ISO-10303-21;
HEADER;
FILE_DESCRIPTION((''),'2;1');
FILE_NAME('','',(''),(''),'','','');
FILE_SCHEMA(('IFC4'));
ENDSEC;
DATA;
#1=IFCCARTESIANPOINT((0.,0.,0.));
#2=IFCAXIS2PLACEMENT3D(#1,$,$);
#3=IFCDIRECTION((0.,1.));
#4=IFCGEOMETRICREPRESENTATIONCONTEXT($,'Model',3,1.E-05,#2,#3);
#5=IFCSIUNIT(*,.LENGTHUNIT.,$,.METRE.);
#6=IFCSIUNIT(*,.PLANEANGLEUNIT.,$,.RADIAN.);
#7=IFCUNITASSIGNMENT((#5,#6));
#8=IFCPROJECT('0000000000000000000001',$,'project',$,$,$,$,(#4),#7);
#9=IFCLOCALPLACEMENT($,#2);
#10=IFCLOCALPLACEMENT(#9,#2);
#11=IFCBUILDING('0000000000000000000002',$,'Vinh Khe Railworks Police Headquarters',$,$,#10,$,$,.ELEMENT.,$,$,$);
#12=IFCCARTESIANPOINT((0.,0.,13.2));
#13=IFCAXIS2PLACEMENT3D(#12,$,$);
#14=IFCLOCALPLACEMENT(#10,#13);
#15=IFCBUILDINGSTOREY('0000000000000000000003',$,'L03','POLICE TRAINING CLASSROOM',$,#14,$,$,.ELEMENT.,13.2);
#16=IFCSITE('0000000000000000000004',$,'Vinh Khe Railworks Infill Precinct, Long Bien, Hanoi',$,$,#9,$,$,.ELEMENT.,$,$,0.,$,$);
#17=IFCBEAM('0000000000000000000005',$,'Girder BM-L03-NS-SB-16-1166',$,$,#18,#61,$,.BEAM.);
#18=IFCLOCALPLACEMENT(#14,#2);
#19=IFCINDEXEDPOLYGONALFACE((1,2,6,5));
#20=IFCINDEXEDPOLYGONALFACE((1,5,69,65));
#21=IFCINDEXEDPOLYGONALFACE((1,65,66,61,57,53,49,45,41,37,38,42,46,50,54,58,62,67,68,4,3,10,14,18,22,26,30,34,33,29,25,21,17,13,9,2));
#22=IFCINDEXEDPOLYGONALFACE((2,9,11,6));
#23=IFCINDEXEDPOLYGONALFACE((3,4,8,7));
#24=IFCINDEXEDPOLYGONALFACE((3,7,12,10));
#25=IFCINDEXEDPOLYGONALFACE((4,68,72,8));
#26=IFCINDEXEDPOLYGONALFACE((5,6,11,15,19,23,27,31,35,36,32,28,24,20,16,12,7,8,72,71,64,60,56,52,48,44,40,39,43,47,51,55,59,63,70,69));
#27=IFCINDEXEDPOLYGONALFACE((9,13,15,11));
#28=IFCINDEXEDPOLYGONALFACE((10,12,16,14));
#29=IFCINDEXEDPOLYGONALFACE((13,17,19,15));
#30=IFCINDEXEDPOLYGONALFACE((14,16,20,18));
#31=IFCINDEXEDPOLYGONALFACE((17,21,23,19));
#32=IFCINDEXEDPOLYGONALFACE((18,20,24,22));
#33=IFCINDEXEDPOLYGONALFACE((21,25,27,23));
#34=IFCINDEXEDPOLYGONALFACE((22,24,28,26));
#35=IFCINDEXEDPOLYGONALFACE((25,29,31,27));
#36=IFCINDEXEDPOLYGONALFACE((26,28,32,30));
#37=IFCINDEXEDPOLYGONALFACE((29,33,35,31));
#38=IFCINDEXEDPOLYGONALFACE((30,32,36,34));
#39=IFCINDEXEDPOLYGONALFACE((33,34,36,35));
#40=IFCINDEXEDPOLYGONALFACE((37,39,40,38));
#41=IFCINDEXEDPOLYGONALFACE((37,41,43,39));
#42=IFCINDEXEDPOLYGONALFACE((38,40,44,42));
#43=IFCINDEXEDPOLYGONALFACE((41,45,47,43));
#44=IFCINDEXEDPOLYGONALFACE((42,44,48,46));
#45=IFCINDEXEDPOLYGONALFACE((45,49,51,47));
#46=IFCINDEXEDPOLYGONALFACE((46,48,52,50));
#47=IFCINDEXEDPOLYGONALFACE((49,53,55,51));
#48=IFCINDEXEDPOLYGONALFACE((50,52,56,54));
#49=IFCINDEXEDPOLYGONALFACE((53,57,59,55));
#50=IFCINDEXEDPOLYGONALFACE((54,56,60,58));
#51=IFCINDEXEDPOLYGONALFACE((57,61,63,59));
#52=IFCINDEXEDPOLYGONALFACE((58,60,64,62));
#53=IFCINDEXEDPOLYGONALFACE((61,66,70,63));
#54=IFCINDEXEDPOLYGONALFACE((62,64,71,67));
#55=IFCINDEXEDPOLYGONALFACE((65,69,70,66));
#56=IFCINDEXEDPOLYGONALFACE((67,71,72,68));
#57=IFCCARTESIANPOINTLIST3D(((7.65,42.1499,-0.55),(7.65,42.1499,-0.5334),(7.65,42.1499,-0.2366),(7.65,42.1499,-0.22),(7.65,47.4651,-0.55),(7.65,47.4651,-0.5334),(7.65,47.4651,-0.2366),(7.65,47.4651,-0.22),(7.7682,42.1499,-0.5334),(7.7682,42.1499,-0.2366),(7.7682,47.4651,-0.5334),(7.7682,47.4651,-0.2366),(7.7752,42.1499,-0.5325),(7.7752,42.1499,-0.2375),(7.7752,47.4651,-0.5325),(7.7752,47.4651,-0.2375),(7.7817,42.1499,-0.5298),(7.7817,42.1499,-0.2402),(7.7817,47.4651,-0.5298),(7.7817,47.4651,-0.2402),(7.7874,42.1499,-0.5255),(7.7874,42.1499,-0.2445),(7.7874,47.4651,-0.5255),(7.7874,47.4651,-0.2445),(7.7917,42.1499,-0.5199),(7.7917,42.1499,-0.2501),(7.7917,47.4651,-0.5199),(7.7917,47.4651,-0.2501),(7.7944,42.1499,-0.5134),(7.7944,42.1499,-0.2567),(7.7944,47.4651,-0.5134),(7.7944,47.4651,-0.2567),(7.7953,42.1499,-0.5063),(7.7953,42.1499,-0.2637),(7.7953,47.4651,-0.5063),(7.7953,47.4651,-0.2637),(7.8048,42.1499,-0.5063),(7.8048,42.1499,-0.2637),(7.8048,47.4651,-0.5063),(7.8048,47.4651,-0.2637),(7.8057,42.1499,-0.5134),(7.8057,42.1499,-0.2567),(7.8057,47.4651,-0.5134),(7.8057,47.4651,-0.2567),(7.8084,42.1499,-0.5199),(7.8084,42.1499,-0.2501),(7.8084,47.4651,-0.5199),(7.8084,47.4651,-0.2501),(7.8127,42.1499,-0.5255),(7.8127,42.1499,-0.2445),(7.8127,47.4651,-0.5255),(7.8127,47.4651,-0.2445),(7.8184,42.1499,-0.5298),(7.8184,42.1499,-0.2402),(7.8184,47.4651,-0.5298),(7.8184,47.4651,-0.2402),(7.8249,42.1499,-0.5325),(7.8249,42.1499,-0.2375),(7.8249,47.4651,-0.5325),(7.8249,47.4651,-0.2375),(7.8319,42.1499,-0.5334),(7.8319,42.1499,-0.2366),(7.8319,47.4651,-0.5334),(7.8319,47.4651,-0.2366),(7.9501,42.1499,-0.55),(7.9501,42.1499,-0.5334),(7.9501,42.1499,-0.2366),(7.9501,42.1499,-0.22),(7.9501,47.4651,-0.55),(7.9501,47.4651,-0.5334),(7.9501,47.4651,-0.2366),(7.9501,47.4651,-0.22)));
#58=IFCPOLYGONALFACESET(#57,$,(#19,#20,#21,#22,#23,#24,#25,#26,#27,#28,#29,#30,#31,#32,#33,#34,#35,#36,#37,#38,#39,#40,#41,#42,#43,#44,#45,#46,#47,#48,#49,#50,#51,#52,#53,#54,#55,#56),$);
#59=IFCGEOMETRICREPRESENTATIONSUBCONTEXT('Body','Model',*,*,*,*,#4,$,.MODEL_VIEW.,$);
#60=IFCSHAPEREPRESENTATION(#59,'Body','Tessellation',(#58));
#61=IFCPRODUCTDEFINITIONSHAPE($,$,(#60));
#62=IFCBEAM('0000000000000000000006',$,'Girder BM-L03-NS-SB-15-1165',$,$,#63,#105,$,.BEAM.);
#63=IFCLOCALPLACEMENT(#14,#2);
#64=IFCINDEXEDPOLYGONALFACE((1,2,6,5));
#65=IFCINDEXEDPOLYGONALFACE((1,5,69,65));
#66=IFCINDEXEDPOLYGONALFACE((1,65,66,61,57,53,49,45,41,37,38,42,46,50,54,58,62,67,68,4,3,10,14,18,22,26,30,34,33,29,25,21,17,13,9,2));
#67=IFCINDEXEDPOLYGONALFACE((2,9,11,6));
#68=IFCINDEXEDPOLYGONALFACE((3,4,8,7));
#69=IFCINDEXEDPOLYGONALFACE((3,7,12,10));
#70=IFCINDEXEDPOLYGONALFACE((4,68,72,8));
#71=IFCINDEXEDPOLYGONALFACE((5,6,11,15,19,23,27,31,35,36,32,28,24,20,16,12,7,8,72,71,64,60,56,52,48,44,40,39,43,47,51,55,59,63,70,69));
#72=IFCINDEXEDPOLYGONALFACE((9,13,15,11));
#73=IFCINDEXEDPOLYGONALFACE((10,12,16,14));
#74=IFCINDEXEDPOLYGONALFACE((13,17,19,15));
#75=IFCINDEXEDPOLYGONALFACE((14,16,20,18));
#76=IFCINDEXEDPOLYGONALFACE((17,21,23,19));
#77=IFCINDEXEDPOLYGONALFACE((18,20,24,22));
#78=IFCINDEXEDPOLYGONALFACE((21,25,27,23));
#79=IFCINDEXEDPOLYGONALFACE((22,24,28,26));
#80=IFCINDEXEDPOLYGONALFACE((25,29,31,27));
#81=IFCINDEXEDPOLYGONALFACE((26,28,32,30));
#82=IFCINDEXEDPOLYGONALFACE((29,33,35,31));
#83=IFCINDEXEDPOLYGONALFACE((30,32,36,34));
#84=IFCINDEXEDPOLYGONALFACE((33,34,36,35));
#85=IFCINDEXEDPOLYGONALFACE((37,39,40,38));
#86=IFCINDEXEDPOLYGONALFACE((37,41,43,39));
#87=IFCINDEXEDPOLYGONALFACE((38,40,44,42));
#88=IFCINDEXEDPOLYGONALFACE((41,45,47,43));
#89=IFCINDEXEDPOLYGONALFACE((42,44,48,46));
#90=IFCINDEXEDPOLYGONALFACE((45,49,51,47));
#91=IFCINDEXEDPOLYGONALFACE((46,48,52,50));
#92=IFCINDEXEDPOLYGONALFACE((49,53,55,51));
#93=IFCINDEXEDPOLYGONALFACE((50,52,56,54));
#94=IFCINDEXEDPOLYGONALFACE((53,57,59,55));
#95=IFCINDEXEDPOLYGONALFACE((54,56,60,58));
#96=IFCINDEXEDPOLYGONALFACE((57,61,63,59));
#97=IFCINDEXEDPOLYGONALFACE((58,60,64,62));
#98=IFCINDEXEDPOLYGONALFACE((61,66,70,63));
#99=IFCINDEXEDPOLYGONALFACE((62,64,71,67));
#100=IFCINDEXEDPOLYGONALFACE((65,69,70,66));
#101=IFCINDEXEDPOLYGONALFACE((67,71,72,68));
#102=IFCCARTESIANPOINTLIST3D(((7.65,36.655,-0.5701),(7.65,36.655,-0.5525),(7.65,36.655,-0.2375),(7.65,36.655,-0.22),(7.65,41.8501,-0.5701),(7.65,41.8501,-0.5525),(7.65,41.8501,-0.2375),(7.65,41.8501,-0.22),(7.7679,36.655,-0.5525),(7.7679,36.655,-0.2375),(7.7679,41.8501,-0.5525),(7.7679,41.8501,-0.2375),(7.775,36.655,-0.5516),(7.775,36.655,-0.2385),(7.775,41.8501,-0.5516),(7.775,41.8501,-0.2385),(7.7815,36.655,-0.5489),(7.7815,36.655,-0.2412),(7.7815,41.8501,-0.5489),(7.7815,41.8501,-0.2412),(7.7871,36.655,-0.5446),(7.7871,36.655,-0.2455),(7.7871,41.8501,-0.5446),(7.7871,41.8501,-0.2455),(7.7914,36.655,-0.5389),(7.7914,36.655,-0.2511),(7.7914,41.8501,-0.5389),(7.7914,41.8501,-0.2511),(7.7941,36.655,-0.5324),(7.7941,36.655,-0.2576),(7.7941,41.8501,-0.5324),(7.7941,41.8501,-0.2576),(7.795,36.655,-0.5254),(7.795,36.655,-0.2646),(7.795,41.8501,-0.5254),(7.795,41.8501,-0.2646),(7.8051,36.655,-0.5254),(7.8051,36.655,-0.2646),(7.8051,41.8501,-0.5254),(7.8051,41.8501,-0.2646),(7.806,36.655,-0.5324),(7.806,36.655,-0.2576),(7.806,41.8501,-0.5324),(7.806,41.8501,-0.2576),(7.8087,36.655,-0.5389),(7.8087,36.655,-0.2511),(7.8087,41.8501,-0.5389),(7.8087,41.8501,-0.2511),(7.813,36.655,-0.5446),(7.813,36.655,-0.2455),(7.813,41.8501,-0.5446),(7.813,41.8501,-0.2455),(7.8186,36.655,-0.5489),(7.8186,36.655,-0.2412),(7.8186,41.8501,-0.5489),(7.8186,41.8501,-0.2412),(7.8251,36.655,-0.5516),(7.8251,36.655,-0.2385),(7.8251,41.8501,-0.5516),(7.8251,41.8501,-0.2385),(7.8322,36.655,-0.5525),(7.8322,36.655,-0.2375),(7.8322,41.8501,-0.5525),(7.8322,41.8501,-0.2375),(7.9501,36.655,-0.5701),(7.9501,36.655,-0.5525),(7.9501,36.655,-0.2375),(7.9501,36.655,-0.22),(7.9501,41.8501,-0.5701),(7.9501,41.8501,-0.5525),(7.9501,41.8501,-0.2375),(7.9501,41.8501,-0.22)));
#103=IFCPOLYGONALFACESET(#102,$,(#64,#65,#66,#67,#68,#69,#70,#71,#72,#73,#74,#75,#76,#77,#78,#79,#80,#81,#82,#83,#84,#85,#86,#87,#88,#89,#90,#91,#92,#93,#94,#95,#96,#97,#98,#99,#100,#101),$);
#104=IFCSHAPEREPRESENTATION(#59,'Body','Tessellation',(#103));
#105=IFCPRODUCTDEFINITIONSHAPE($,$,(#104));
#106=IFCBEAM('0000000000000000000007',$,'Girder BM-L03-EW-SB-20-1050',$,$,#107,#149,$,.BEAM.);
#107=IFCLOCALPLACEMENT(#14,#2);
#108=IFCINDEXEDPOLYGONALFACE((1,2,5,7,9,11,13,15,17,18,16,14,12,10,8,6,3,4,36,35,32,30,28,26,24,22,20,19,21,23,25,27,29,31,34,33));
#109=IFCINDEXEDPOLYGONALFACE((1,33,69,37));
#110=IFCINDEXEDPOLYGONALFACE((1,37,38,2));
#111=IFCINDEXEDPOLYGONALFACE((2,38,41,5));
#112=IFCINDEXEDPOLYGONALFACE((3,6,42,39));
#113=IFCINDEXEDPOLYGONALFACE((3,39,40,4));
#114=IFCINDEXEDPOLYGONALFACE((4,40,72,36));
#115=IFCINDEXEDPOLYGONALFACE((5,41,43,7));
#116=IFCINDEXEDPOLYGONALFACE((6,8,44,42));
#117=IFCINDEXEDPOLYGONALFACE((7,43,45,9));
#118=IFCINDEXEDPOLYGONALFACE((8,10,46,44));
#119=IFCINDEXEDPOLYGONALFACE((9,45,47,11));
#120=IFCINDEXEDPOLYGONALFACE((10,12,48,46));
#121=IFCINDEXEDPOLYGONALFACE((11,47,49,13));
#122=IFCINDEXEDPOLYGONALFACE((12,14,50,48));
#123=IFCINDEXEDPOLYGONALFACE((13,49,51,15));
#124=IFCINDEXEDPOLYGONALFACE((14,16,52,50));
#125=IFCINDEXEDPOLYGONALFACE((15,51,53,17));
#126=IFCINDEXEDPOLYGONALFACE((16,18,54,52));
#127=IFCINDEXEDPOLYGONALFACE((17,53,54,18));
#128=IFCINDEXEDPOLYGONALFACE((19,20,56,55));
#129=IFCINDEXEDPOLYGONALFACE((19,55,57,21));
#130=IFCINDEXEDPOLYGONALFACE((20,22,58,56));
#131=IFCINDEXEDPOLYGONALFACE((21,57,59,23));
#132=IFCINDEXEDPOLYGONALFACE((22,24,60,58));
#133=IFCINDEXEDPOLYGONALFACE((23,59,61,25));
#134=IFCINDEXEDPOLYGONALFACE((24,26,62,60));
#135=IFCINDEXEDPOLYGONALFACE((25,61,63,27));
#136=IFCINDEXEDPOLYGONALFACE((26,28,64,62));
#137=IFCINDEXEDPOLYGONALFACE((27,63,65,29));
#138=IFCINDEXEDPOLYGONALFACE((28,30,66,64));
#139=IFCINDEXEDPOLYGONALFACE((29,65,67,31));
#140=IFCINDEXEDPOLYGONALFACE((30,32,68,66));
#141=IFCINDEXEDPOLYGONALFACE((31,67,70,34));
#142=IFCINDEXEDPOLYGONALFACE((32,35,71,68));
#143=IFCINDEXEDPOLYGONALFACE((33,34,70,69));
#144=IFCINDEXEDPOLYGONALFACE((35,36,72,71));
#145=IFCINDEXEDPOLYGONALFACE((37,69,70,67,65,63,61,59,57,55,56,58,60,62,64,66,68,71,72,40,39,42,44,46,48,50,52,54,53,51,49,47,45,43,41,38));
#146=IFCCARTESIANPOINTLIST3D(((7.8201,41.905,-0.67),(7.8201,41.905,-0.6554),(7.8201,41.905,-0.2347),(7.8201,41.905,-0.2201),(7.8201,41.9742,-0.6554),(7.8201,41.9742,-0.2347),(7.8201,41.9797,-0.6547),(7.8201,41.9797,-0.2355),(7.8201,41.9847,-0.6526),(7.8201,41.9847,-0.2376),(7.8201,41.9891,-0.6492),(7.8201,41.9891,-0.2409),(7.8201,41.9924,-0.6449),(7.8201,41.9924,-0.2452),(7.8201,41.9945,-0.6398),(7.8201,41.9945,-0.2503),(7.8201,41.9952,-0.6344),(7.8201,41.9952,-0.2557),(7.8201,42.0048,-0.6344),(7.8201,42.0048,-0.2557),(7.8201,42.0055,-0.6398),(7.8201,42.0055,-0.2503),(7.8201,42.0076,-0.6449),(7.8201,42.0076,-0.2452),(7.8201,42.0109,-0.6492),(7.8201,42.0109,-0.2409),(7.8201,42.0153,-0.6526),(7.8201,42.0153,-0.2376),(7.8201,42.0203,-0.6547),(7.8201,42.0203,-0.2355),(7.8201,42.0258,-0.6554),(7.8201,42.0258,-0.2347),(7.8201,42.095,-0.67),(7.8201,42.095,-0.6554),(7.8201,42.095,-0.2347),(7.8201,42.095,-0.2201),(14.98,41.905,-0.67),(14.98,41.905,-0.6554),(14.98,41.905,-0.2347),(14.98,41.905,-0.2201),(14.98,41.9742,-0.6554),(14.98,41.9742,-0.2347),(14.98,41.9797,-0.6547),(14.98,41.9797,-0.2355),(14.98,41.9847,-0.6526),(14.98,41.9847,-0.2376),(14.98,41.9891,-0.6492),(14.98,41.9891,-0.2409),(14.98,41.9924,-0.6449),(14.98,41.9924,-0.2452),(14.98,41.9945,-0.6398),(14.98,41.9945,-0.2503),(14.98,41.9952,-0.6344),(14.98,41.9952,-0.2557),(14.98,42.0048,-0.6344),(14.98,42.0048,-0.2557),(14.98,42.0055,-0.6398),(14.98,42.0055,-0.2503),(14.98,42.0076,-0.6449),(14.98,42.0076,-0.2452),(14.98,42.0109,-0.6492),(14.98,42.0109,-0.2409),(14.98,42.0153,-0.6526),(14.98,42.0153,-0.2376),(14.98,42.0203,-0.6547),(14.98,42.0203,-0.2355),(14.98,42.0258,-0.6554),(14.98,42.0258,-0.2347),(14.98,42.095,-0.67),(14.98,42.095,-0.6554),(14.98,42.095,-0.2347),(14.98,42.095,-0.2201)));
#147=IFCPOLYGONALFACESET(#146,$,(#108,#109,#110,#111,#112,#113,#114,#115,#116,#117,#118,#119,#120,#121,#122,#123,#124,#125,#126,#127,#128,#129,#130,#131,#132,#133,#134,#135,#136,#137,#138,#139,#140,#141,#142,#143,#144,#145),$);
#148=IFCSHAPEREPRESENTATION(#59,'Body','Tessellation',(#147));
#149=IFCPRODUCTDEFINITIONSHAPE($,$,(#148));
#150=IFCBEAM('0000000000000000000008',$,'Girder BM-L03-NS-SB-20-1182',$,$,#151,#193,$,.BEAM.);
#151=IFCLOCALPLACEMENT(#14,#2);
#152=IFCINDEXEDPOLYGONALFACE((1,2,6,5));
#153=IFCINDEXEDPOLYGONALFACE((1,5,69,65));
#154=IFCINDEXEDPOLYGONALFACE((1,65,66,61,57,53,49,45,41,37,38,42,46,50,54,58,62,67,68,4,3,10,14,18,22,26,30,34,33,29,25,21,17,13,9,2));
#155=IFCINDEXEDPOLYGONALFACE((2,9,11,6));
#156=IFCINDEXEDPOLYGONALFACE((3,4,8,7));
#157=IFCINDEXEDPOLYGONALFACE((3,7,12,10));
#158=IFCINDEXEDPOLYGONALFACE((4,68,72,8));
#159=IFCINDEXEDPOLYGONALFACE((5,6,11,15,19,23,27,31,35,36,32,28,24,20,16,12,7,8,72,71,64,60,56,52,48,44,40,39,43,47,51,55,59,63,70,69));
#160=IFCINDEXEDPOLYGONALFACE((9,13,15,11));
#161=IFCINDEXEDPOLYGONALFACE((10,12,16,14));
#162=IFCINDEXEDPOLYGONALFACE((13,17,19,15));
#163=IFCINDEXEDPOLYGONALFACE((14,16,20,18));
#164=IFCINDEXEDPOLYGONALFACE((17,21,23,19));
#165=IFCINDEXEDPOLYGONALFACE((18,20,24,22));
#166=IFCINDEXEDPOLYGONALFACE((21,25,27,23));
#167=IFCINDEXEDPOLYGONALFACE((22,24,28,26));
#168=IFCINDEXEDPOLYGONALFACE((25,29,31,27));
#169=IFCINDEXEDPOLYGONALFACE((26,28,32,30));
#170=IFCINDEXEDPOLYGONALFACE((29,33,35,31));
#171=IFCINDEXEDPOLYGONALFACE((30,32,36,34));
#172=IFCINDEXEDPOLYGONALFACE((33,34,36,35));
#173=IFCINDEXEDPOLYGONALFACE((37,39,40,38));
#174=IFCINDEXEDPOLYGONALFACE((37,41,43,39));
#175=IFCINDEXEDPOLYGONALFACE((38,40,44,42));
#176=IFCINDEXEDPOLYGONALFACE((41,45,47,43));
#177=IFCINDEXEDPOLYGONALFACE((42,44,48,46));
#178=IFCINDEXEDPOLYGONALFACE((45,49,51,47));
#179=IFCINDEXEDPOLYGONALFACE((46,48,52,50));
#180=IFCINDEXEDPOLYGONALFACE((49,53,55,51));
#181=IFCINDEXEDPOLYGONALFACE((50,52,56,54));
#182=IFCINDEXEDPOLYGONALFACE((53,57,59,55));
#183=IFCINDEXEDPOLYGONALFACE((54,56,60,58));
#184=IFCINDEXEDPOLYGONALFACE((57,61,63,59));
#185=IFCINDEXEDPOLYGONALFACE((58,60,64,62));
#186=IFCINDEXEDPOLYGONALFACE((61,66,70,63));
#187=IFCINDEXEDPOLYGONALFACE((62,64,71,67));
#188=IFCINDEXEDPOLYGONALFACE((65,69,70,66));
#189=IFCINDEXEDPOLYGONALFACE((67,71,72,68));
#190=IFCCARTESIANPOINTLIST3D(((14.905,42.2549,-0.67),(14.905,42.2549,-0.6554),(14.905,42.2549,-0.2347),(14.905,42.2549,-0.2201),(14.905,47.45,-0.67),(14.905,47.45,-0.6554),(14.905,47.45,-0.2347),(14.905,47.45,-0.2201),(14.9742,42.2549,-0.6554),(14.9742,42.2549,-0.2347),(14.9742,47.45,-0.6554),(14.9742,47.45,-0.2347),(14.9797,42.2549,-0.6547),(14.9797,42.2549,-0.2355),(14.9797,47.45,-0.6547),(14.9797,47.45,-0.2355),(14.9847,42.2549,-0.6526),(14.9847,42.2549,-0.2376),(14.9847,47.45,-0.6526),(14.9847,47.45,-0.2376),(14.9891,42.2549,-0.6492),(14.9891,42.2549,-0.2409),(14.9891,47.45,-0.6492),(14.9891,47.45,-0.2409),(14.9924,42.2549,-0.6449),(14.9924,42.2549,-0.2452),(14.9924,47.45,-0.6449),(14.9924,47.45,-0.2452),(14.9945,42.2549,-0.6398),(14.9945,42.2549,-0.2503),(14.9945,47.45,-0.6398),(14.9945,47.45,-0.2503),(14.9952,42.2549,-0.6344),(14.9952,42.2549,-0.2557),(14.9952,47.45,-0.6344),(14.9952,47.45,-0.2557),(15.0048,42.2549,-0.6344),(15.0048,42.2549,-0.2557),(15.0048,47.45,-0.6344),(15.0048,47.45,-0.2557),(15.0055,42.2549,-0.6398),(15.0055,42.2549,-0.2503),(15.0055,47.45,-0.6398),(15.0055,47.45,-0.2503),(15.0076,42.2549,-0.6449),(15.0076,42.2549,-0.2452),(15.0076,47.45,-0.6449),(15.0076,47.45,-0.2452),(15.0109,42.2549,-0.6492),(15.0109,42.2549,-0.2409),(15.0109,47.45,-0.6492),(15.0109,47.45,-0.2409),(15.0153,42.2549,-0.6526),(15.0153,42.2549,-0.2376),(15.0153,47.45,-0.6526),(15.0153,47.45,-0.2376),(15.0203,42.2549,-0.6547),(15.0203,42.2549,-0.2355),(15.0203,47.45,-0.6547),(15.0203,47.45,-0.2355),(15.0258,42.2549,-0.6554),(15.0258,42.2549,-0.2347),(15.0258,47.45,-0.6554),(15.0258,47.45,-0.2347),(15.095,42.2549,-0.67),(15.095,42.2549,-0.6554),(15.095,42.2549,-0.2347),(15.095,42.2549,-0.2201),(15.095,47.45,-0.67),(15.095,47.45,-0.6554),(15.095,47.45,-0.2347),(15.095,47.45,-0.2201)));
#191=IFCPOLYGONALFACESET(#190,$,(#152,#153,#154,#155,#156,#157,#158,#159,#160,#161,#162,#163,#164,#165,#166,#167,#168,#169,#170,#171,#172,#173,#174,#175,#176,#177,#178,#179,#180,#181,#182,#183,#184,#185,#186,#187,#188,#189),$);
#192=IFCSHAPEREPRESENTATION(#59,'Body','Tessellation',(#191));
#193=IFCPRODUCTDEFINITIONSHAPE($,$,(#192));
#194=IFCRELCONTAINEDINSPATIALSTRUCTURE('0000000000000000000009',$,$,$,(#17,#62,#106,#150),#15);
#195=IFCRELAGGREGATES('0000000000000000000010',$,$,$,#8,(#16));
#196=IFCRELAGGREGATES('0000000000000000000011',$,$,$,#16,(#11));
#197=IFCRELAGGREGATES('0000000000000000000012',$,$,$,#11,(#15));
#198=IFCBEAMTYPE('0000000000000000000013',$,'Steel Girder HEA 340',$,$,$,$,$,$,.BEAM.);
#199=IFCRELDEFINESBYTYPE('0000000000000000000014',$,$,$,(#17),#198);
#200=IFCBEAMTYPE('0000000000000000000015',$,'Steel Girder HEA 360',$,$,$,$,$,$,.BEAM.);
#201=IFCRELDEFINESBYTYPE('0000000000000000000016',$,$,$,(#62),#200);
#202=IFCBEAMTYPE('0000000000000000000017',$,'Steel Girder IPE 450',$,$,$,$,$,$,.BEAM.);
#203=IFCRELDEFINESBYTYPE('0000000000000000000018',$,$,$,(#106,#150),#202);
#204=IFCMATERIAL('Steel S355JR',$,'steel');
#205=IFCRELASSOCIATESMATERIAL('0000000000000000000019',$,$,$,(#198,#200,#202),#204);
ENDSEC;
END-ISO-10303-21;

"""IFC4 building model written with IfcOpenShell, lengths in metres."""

from ifc_helpers import new_model, si_unit, direction, frame, origin, origin_2d, place, context, subcontext, project, spatial, i_section, extrude, material, material_profile, profile_set, type_object, element, save


model = new_model("IFC4")

# Units and contexts
model_context = context("Model", 3, precision=1e-05, world=origin(), true_north=direction((0.0, 1.0)))
body_context = subcontext(model_context, "Body", "Model", "MODEL_VIEW")
ifc_project = project(units=[si_unit("LENGTHUNIT", "METRE"), si_unit("PLANEANGLEUNIT", "RADIAN")], contexts=[model_context])

# Site, building, storey
site_placement = place(None, origin())
site = spatial("IfcSite", under=ifc_project, at=site_placement, Name="Vinh Khe Railworks Infill Precinct, Long Bien, Hanoi", CompositionType="ELEMENT", RefElevation=0.0)
building_placement = place(site_placement, origin())
building = spatial("IfcBuilding", under=site, at=building_placement, Name="Vinh Khe Railworks Police Headquarters", CompositionType="ELEMENT")
storey_placement = place(building_placement, frame((0.0, 0.0, 13.2)))
storey = spatial("IfcBuildingStorey", under=building, at=storey_placement, Name="L03", Description="POLICE TRAINING CLASSROOM", CompositionType="ELEMENT", Elevation=13.2)

# Shared definitions
ifc_material_1 = material(Name="Steel S355JR", Category="steel")

# Beams
ifc_material_profile_1 = material_profile(ifc_material_1, i_section(OverallWidth=0.3, OverallDepth=0.3301, WebThickness=0.0095, FlangeThickness=0.0166, FilletRadius=0.0271, at=origin_2d()), Name="HEA 340")
ifc_profile_set_1 = profile_set([ifc_material_profile_1], Name="Steel S355JR")
beam_type_1 = type_object("IfcBeamType", Name="Steel Girder HEA 340", PredefinedType="BEAM", material=ifc_profile_set_1)
beam_1_placement = place(storey_placement, frame((7.8, 42.1499, -0.385), z_axis=(0.0, 1.0, 0.0), x_axis=(-1.0, 0.0, 0.0)))
element("IfcBeam", 1, at=beam_1_placement, inside=storey, type_object=beam_type_1, Name="Girder BM-L03-NS-SB-16-1166", PredefinedType="BEAM", context=body_context, shape_type="SweptSolid", body=[
    extrude(i_section(OverallWidth=0.3, OverallDepth=0.3301, WebThickness=0.0095, FlangeThickness=0.0166, FilletRadius=0.0271, at=origin_2d()), origin(), (0.0, 0.0, 1.0), 5.3152),
])
ifc_material_profile_2 = material_profile(ifc_material_1, i_section(OverallWidth=0.3, OverallDepth=0.3501, WebThickness=0.01, FlangeThickness=0.0176, FilletRadius=0.0271, at=origin_2d()), Name="HEA 360")
ifc_profile_set_2 = profile_set([ifc_material_profile_2], Name="Steel S355JR")
beam_type_2 = type_object("IfcBeamType", Name="Steel Girder HEA 360", PredefinedType="BEAM", material=ifc_profile_set_2)
beam_2_placement = place(storey_placement, frame((7.8, 36.655, -0.395), z_axis=(0.0, 1.0, 0.0), x_axis=(-1.0, 0.0, 0.0)))
element("IfcBeam", 2, at=beam_2_placement, inside=storey, type_object=beam_type_2, Name="Girder BM-L03-NS-SB-15-1165", PredefinedType="BEAM", context=body_context, shape_type="SweptSolid", body=[
    extrude(i_section(OverallWidth=0.3, OverallDepth=0.3501, WebThickness=0.01, FlangeThickness=0.0176, FilletRadius=0.0271, at=origin_2d()), origin(), (0.0, 0.0, 1.0), 5.1951),
])
ifc_material_profile_3 = material_profile(ifc_material_1, i_section(OverallWidth=0.1899, OverallDepth=0.45, WebThickness=0.0095, FlangeThickness=0.0146, FilletRadius=0.021, at=origin_2d()), Name="IPE 450")
ifc_profile_set_3 = profile_set([ifc_material_profile_3], Name="Steel S355JR")
beam_type_3 = type_object("IfcBeamType", Name="Steel Girder IPE 450", PredefinedType="BEAM", material=ifc_profile_set_3)
beam_3_placement = place(storey_placement, frame((7.8201, 42.0, -0.4451), z_axis=(1.0, 0.0, 0.0), x_axis=(0.0, 1.0, 0.0)))
element("IfcBeam", 3, at=beam_3_placement, inside=storey, type_object=beam_type_3, Name="Girder BM-L03-EW-SB-20-1050", PredefinedType="BEAM", context=body_context, shape_type="SweptSolid", body=[
    extrude(i_section(OverallWidth=0.1899, OverallDepth=0.45, WebThickness=0.0095, FlangeThickness=0.0146, FilletRadius=0.021, at=origin_2d()), origin(), (0.0, 0.0, 1.0), 7.1599),
])
beam_4_placement = place(storey_placement, frame((15.0, 42.2549, -0.4451), z_axis=(0.0, 1.0, 0.0), x_axis=(-1.0, 0.0, 0.0)))
element("IfcBeam", 4, at=beam_4_placement, inside=storey, type_object=beam_type_3, Name="Girder BM-L03-NS-SB-20-1182", PredefinedType="BEAM", context=body_context, shape_type="SweptSolid", body=[
    extrude(i_section(OverallWidth=0.1899, OverallDepth=0.45, WebThickness=0.0095, FlangeThickness=0.0146, FilletRadius=0.021, at=origin_2d()), origin(), (0.0, 0.0, 1.0), 5.1951),
])

save(model, "model.ifc")
